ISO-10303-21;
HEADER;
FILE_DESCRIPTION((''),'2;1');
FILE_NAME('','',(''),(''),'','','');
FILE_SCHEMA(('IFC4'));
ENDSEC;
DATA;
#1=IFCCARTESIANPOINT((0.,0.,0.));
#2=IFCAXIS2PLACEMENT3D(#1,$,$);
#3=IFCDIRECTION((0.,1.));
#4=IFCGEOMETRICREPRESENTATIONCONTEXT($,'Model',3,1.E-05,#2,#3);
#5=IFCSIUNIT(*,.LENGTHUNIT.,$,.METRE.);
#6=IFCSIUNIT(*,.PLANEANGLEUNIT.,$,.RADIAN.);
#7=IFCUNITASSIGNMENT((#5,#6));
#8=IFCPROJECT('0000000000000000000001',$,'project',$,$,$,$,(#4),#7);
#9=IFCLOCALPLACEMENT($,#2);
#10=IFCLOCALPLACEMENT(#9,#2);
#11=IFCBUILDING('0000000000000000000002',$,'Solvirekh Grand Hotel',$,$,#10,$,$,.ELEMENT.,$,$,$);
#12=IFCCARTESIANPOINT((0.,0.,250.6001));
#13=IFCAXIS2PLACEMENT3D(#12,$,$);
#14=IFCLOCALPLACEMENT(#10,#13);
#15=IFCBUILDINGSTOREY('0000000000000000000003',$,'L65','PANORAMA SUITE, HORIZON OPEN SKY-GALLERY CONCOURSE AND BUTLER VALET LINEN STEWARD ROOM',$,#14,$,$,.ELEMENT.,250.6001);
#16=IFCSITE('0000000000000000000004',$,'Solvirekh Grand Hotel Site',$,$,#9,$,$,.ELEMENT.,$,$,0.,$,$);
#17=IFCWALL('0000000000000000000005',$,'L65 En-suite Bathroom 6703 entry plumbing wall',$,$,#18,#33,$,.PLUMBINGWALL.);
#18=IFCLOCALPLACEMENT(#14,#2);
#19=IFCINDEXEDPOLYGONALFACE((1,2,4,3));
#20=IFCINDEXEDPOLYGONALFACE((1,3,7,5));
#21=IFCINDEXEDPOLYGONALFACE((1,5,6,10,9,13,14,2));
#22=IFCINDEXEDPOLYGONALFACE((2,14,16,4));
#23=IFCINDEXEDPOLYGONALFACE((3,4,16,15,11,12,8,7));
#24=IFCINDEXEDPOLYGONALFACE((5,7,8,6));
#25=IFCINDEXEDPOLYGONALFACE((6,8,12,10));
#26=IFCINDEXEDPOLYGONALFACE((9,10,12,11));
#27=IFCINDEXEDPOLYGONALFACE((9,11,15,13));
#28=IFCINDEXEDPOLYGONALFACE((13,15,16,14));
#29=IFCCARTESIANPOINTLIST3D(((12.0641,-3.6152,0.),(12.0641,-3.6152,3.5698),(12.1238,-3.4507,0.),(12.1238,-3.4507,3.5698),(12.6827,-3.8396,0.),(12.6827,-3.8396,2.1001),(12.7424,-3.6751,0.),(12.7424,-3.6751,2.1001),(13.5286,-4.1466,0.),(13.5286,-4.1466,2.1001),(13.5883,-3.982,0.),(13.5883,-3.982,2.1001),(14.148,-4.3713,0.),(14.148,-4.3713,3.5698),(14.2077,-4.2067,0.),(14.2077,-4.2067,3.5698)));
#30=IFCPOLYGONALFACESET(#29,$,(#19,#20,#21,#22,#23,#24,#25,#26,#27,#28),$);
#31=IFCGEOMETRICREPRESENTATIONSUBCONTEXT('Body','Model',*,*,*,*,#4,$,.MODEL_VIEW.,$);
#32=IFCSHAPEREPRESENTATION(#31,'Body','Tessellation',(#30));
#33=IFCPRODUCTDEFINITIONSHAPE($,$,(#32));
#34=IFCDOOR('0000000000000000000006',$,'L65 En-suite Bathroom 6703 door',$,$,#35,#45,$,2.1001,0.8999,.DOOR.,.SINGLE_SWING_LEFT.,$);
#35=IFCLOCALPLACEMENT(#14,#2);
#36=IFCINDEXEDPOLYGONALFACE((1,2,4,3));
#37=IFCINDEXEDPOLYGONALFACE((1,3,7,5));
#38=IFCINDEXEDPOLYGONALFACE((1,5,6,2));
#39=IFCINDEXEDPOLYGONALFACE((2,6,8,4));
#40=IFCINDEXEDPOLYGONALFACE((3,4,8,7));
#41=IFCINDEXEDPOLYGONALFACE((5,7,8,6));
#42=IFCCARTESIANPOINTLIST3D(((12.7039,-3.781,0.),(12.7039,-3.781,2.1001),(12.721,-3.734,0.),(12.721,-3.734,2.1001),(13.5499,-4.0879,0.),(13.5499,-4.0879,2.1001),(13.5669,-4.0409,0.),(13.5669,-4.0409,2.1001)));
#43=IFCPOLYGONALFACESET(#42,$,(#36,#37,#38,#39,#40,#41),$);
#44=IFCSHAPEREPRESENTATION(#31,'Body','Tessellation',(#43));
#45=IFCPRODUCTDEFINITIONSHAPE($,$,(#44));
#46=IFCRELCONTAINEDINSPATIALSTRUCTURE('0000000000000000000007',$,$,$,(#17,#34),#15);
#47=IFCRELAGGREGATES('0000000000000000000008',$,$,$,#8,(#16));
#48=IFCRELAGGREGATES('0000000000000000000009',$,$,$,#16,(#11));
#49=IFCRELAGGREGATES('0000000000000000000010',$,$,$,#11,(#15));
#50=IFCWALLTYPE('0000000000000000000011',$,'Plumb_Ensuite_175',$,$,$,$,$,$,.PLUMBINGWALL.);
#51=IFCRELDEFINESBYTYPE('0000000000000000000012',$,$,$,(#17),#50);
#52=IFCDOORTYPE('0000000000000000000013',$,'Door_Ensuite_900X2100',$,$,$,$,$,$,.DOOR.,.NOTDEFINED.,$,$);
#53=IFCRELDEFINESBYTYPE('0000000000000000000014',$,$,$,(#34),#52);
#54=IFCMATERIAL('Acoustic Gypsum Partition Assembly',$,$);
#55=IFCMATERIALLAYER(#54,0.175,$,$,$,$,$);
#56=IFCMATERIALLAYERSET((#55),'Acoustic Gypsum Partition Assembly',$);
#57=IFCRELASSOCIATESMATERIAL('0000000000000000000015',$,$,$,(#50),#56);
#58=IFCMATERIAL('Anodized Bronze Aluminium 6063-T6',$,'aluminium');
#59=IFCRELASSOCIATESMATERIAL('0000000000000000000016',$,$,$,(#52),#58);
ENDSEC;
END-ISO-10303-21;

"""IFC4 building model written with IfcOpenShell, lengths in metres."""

from ifc_helpers import new_model, si_unit, direction, frame, frame_2d, origin, place, context, subcontext, project, spatial, rectangle, extrude, material, layer, layer_set, type_object, element, fill, save


model = new_model("IFC4")

# Units and contexts
model_context = context("Model", 3, precision=1e-05, world=origin(), true_north=direction((0.0, 1.0)))
body_context = subcontext(model_context, "Body", "Model", "MODEL_VIEW")
ifc_project = project(units=[si_unit("LENGTHUNIT", "METRE"), si_unit("PLANEANGLEUNIT", "RADIAN")], contexts=[model_context])

# Site, building, storey
site_placement = place(None, origin())
site = spatial("IfcSite", under=ifc_project, at=site_placement, Name="Solvirekh Grand Hotel Site", CompositionType="ELEMENT", RefElevation=0.0)
building_placement = place(site_placement, origin())
building = spatial("IfcBuilding", under=site, at=building_placement, Name="Solvirekh Grand Hotel", CompositionType="ELEMENT")
storey_placement = place(building_placement, frame((0.0, 0.0, 250.6001)))
storey = spatial("IfcBuildingStorey", under=building, at=storey_placement, Name="L65", Description="PANORAMA SUITE, HORIZON OPEN SKY-GALLERY CONCOURSE AND BUTLER VALET LINEN STEWARD ROOM", CompositionType="ELEMENT", Elevation=250.6001)

# Shared definitions
ifc_material_1 = material(Name="Anodized Bronze Aluminium 6063-T6", Category="aluminium")

# Shared definitions
ifc_material_2 = material(Name="Acoustic Gypsum Partition Assembly")

# Shared definitions
ifc_layer_1 = layer(ifc_material_2, 0.175)
ifc_layer_set_1 = layer_set([ifc_layer_1], Name="Acoustic Gypsum Partition Assembly")
wall_type_1 = type_object("IfcWallType", Name="Plumb_Ensuite_175", PredefinedType="PLUMBINGWALL", material=ifc_layer_set_1)

# Wall, opening, door
wall_1_placement = place(storey_placement, frame((12.094, -3.533, 0.0), z_axis=(0.0, 0.0, 1.0), x_axis=(0.940041, -0.341062, 0.0)))
wall_1 = element("IfcWall", 1, at=wall_1_placement, inside=storey, type_object=wall_type_1, Name="L65 En-suite Bathroom 6703 entry plumbing wall", PredefinedType="PLUMBINGWALL", context=body_context, shape_type="SweptSolid", body=[
    extrude(rectangle(XDim=2.2168, YDim=0.175, at=frame_2d((1.1084, 0.0))), origin(), (0.0, 0.0, 1.0), 3.5698),
])
opening_1_placement = place(wall_1_placement, frame((0.658, 0.0, 0.0)))
opening_1 = element("IfcOpeningElement", 2, at=opening_1_placement, cuts=wall_1, PredefinedType="OPENING", context=body_context, shape_type="SweptSolid", body=[
    extrude(rectangle(XDim=0.8999, YDim=2.1001, at=frame_2d((0.45, 1.05))), frame((0.0, 0.0977, 0.0), z_axis=(0.0, -1.0, 0.0), x_axis=(1.0, 0.0, 0.0)), (0.0, 0.0, 1.0), 0.1951),
])
door_type_1 = type_object("IfcDoorType", Name="Door_Ensuite_900X2100", OperationType="NOTDEFINED", PredefinedType="DOOR", material=ifc_material_1)
door_1_placement = place(opening_1_placement, origin())
door_1 = element("IfcDoor", 3, at=door_1_placement, inside=storey, type_object=door_type_1, Name="L65 En-suite Bathroom 6703 door", OperationType="SINGLE_SWING_LEFT", OverallHeight=2.1001, OverallWidth=0.8999, PredefinedType="DOOR", context=body_context, shape_type="SweptSolid", body=[
    extrude(rectangle(XDim=0.8999, YDim=2.1001, at=frame_2d((0.45, 1.05))), frame((0.0, 0.0249, 0.0), z_axis=(0.0, -1.0, 0.0), x_axis=(1.0, 0.0, 0.0)), (0.0, 0.0, 1.0), 0.05),
])
fill(opening_1, door_1)

save(model, "model.ifc")
